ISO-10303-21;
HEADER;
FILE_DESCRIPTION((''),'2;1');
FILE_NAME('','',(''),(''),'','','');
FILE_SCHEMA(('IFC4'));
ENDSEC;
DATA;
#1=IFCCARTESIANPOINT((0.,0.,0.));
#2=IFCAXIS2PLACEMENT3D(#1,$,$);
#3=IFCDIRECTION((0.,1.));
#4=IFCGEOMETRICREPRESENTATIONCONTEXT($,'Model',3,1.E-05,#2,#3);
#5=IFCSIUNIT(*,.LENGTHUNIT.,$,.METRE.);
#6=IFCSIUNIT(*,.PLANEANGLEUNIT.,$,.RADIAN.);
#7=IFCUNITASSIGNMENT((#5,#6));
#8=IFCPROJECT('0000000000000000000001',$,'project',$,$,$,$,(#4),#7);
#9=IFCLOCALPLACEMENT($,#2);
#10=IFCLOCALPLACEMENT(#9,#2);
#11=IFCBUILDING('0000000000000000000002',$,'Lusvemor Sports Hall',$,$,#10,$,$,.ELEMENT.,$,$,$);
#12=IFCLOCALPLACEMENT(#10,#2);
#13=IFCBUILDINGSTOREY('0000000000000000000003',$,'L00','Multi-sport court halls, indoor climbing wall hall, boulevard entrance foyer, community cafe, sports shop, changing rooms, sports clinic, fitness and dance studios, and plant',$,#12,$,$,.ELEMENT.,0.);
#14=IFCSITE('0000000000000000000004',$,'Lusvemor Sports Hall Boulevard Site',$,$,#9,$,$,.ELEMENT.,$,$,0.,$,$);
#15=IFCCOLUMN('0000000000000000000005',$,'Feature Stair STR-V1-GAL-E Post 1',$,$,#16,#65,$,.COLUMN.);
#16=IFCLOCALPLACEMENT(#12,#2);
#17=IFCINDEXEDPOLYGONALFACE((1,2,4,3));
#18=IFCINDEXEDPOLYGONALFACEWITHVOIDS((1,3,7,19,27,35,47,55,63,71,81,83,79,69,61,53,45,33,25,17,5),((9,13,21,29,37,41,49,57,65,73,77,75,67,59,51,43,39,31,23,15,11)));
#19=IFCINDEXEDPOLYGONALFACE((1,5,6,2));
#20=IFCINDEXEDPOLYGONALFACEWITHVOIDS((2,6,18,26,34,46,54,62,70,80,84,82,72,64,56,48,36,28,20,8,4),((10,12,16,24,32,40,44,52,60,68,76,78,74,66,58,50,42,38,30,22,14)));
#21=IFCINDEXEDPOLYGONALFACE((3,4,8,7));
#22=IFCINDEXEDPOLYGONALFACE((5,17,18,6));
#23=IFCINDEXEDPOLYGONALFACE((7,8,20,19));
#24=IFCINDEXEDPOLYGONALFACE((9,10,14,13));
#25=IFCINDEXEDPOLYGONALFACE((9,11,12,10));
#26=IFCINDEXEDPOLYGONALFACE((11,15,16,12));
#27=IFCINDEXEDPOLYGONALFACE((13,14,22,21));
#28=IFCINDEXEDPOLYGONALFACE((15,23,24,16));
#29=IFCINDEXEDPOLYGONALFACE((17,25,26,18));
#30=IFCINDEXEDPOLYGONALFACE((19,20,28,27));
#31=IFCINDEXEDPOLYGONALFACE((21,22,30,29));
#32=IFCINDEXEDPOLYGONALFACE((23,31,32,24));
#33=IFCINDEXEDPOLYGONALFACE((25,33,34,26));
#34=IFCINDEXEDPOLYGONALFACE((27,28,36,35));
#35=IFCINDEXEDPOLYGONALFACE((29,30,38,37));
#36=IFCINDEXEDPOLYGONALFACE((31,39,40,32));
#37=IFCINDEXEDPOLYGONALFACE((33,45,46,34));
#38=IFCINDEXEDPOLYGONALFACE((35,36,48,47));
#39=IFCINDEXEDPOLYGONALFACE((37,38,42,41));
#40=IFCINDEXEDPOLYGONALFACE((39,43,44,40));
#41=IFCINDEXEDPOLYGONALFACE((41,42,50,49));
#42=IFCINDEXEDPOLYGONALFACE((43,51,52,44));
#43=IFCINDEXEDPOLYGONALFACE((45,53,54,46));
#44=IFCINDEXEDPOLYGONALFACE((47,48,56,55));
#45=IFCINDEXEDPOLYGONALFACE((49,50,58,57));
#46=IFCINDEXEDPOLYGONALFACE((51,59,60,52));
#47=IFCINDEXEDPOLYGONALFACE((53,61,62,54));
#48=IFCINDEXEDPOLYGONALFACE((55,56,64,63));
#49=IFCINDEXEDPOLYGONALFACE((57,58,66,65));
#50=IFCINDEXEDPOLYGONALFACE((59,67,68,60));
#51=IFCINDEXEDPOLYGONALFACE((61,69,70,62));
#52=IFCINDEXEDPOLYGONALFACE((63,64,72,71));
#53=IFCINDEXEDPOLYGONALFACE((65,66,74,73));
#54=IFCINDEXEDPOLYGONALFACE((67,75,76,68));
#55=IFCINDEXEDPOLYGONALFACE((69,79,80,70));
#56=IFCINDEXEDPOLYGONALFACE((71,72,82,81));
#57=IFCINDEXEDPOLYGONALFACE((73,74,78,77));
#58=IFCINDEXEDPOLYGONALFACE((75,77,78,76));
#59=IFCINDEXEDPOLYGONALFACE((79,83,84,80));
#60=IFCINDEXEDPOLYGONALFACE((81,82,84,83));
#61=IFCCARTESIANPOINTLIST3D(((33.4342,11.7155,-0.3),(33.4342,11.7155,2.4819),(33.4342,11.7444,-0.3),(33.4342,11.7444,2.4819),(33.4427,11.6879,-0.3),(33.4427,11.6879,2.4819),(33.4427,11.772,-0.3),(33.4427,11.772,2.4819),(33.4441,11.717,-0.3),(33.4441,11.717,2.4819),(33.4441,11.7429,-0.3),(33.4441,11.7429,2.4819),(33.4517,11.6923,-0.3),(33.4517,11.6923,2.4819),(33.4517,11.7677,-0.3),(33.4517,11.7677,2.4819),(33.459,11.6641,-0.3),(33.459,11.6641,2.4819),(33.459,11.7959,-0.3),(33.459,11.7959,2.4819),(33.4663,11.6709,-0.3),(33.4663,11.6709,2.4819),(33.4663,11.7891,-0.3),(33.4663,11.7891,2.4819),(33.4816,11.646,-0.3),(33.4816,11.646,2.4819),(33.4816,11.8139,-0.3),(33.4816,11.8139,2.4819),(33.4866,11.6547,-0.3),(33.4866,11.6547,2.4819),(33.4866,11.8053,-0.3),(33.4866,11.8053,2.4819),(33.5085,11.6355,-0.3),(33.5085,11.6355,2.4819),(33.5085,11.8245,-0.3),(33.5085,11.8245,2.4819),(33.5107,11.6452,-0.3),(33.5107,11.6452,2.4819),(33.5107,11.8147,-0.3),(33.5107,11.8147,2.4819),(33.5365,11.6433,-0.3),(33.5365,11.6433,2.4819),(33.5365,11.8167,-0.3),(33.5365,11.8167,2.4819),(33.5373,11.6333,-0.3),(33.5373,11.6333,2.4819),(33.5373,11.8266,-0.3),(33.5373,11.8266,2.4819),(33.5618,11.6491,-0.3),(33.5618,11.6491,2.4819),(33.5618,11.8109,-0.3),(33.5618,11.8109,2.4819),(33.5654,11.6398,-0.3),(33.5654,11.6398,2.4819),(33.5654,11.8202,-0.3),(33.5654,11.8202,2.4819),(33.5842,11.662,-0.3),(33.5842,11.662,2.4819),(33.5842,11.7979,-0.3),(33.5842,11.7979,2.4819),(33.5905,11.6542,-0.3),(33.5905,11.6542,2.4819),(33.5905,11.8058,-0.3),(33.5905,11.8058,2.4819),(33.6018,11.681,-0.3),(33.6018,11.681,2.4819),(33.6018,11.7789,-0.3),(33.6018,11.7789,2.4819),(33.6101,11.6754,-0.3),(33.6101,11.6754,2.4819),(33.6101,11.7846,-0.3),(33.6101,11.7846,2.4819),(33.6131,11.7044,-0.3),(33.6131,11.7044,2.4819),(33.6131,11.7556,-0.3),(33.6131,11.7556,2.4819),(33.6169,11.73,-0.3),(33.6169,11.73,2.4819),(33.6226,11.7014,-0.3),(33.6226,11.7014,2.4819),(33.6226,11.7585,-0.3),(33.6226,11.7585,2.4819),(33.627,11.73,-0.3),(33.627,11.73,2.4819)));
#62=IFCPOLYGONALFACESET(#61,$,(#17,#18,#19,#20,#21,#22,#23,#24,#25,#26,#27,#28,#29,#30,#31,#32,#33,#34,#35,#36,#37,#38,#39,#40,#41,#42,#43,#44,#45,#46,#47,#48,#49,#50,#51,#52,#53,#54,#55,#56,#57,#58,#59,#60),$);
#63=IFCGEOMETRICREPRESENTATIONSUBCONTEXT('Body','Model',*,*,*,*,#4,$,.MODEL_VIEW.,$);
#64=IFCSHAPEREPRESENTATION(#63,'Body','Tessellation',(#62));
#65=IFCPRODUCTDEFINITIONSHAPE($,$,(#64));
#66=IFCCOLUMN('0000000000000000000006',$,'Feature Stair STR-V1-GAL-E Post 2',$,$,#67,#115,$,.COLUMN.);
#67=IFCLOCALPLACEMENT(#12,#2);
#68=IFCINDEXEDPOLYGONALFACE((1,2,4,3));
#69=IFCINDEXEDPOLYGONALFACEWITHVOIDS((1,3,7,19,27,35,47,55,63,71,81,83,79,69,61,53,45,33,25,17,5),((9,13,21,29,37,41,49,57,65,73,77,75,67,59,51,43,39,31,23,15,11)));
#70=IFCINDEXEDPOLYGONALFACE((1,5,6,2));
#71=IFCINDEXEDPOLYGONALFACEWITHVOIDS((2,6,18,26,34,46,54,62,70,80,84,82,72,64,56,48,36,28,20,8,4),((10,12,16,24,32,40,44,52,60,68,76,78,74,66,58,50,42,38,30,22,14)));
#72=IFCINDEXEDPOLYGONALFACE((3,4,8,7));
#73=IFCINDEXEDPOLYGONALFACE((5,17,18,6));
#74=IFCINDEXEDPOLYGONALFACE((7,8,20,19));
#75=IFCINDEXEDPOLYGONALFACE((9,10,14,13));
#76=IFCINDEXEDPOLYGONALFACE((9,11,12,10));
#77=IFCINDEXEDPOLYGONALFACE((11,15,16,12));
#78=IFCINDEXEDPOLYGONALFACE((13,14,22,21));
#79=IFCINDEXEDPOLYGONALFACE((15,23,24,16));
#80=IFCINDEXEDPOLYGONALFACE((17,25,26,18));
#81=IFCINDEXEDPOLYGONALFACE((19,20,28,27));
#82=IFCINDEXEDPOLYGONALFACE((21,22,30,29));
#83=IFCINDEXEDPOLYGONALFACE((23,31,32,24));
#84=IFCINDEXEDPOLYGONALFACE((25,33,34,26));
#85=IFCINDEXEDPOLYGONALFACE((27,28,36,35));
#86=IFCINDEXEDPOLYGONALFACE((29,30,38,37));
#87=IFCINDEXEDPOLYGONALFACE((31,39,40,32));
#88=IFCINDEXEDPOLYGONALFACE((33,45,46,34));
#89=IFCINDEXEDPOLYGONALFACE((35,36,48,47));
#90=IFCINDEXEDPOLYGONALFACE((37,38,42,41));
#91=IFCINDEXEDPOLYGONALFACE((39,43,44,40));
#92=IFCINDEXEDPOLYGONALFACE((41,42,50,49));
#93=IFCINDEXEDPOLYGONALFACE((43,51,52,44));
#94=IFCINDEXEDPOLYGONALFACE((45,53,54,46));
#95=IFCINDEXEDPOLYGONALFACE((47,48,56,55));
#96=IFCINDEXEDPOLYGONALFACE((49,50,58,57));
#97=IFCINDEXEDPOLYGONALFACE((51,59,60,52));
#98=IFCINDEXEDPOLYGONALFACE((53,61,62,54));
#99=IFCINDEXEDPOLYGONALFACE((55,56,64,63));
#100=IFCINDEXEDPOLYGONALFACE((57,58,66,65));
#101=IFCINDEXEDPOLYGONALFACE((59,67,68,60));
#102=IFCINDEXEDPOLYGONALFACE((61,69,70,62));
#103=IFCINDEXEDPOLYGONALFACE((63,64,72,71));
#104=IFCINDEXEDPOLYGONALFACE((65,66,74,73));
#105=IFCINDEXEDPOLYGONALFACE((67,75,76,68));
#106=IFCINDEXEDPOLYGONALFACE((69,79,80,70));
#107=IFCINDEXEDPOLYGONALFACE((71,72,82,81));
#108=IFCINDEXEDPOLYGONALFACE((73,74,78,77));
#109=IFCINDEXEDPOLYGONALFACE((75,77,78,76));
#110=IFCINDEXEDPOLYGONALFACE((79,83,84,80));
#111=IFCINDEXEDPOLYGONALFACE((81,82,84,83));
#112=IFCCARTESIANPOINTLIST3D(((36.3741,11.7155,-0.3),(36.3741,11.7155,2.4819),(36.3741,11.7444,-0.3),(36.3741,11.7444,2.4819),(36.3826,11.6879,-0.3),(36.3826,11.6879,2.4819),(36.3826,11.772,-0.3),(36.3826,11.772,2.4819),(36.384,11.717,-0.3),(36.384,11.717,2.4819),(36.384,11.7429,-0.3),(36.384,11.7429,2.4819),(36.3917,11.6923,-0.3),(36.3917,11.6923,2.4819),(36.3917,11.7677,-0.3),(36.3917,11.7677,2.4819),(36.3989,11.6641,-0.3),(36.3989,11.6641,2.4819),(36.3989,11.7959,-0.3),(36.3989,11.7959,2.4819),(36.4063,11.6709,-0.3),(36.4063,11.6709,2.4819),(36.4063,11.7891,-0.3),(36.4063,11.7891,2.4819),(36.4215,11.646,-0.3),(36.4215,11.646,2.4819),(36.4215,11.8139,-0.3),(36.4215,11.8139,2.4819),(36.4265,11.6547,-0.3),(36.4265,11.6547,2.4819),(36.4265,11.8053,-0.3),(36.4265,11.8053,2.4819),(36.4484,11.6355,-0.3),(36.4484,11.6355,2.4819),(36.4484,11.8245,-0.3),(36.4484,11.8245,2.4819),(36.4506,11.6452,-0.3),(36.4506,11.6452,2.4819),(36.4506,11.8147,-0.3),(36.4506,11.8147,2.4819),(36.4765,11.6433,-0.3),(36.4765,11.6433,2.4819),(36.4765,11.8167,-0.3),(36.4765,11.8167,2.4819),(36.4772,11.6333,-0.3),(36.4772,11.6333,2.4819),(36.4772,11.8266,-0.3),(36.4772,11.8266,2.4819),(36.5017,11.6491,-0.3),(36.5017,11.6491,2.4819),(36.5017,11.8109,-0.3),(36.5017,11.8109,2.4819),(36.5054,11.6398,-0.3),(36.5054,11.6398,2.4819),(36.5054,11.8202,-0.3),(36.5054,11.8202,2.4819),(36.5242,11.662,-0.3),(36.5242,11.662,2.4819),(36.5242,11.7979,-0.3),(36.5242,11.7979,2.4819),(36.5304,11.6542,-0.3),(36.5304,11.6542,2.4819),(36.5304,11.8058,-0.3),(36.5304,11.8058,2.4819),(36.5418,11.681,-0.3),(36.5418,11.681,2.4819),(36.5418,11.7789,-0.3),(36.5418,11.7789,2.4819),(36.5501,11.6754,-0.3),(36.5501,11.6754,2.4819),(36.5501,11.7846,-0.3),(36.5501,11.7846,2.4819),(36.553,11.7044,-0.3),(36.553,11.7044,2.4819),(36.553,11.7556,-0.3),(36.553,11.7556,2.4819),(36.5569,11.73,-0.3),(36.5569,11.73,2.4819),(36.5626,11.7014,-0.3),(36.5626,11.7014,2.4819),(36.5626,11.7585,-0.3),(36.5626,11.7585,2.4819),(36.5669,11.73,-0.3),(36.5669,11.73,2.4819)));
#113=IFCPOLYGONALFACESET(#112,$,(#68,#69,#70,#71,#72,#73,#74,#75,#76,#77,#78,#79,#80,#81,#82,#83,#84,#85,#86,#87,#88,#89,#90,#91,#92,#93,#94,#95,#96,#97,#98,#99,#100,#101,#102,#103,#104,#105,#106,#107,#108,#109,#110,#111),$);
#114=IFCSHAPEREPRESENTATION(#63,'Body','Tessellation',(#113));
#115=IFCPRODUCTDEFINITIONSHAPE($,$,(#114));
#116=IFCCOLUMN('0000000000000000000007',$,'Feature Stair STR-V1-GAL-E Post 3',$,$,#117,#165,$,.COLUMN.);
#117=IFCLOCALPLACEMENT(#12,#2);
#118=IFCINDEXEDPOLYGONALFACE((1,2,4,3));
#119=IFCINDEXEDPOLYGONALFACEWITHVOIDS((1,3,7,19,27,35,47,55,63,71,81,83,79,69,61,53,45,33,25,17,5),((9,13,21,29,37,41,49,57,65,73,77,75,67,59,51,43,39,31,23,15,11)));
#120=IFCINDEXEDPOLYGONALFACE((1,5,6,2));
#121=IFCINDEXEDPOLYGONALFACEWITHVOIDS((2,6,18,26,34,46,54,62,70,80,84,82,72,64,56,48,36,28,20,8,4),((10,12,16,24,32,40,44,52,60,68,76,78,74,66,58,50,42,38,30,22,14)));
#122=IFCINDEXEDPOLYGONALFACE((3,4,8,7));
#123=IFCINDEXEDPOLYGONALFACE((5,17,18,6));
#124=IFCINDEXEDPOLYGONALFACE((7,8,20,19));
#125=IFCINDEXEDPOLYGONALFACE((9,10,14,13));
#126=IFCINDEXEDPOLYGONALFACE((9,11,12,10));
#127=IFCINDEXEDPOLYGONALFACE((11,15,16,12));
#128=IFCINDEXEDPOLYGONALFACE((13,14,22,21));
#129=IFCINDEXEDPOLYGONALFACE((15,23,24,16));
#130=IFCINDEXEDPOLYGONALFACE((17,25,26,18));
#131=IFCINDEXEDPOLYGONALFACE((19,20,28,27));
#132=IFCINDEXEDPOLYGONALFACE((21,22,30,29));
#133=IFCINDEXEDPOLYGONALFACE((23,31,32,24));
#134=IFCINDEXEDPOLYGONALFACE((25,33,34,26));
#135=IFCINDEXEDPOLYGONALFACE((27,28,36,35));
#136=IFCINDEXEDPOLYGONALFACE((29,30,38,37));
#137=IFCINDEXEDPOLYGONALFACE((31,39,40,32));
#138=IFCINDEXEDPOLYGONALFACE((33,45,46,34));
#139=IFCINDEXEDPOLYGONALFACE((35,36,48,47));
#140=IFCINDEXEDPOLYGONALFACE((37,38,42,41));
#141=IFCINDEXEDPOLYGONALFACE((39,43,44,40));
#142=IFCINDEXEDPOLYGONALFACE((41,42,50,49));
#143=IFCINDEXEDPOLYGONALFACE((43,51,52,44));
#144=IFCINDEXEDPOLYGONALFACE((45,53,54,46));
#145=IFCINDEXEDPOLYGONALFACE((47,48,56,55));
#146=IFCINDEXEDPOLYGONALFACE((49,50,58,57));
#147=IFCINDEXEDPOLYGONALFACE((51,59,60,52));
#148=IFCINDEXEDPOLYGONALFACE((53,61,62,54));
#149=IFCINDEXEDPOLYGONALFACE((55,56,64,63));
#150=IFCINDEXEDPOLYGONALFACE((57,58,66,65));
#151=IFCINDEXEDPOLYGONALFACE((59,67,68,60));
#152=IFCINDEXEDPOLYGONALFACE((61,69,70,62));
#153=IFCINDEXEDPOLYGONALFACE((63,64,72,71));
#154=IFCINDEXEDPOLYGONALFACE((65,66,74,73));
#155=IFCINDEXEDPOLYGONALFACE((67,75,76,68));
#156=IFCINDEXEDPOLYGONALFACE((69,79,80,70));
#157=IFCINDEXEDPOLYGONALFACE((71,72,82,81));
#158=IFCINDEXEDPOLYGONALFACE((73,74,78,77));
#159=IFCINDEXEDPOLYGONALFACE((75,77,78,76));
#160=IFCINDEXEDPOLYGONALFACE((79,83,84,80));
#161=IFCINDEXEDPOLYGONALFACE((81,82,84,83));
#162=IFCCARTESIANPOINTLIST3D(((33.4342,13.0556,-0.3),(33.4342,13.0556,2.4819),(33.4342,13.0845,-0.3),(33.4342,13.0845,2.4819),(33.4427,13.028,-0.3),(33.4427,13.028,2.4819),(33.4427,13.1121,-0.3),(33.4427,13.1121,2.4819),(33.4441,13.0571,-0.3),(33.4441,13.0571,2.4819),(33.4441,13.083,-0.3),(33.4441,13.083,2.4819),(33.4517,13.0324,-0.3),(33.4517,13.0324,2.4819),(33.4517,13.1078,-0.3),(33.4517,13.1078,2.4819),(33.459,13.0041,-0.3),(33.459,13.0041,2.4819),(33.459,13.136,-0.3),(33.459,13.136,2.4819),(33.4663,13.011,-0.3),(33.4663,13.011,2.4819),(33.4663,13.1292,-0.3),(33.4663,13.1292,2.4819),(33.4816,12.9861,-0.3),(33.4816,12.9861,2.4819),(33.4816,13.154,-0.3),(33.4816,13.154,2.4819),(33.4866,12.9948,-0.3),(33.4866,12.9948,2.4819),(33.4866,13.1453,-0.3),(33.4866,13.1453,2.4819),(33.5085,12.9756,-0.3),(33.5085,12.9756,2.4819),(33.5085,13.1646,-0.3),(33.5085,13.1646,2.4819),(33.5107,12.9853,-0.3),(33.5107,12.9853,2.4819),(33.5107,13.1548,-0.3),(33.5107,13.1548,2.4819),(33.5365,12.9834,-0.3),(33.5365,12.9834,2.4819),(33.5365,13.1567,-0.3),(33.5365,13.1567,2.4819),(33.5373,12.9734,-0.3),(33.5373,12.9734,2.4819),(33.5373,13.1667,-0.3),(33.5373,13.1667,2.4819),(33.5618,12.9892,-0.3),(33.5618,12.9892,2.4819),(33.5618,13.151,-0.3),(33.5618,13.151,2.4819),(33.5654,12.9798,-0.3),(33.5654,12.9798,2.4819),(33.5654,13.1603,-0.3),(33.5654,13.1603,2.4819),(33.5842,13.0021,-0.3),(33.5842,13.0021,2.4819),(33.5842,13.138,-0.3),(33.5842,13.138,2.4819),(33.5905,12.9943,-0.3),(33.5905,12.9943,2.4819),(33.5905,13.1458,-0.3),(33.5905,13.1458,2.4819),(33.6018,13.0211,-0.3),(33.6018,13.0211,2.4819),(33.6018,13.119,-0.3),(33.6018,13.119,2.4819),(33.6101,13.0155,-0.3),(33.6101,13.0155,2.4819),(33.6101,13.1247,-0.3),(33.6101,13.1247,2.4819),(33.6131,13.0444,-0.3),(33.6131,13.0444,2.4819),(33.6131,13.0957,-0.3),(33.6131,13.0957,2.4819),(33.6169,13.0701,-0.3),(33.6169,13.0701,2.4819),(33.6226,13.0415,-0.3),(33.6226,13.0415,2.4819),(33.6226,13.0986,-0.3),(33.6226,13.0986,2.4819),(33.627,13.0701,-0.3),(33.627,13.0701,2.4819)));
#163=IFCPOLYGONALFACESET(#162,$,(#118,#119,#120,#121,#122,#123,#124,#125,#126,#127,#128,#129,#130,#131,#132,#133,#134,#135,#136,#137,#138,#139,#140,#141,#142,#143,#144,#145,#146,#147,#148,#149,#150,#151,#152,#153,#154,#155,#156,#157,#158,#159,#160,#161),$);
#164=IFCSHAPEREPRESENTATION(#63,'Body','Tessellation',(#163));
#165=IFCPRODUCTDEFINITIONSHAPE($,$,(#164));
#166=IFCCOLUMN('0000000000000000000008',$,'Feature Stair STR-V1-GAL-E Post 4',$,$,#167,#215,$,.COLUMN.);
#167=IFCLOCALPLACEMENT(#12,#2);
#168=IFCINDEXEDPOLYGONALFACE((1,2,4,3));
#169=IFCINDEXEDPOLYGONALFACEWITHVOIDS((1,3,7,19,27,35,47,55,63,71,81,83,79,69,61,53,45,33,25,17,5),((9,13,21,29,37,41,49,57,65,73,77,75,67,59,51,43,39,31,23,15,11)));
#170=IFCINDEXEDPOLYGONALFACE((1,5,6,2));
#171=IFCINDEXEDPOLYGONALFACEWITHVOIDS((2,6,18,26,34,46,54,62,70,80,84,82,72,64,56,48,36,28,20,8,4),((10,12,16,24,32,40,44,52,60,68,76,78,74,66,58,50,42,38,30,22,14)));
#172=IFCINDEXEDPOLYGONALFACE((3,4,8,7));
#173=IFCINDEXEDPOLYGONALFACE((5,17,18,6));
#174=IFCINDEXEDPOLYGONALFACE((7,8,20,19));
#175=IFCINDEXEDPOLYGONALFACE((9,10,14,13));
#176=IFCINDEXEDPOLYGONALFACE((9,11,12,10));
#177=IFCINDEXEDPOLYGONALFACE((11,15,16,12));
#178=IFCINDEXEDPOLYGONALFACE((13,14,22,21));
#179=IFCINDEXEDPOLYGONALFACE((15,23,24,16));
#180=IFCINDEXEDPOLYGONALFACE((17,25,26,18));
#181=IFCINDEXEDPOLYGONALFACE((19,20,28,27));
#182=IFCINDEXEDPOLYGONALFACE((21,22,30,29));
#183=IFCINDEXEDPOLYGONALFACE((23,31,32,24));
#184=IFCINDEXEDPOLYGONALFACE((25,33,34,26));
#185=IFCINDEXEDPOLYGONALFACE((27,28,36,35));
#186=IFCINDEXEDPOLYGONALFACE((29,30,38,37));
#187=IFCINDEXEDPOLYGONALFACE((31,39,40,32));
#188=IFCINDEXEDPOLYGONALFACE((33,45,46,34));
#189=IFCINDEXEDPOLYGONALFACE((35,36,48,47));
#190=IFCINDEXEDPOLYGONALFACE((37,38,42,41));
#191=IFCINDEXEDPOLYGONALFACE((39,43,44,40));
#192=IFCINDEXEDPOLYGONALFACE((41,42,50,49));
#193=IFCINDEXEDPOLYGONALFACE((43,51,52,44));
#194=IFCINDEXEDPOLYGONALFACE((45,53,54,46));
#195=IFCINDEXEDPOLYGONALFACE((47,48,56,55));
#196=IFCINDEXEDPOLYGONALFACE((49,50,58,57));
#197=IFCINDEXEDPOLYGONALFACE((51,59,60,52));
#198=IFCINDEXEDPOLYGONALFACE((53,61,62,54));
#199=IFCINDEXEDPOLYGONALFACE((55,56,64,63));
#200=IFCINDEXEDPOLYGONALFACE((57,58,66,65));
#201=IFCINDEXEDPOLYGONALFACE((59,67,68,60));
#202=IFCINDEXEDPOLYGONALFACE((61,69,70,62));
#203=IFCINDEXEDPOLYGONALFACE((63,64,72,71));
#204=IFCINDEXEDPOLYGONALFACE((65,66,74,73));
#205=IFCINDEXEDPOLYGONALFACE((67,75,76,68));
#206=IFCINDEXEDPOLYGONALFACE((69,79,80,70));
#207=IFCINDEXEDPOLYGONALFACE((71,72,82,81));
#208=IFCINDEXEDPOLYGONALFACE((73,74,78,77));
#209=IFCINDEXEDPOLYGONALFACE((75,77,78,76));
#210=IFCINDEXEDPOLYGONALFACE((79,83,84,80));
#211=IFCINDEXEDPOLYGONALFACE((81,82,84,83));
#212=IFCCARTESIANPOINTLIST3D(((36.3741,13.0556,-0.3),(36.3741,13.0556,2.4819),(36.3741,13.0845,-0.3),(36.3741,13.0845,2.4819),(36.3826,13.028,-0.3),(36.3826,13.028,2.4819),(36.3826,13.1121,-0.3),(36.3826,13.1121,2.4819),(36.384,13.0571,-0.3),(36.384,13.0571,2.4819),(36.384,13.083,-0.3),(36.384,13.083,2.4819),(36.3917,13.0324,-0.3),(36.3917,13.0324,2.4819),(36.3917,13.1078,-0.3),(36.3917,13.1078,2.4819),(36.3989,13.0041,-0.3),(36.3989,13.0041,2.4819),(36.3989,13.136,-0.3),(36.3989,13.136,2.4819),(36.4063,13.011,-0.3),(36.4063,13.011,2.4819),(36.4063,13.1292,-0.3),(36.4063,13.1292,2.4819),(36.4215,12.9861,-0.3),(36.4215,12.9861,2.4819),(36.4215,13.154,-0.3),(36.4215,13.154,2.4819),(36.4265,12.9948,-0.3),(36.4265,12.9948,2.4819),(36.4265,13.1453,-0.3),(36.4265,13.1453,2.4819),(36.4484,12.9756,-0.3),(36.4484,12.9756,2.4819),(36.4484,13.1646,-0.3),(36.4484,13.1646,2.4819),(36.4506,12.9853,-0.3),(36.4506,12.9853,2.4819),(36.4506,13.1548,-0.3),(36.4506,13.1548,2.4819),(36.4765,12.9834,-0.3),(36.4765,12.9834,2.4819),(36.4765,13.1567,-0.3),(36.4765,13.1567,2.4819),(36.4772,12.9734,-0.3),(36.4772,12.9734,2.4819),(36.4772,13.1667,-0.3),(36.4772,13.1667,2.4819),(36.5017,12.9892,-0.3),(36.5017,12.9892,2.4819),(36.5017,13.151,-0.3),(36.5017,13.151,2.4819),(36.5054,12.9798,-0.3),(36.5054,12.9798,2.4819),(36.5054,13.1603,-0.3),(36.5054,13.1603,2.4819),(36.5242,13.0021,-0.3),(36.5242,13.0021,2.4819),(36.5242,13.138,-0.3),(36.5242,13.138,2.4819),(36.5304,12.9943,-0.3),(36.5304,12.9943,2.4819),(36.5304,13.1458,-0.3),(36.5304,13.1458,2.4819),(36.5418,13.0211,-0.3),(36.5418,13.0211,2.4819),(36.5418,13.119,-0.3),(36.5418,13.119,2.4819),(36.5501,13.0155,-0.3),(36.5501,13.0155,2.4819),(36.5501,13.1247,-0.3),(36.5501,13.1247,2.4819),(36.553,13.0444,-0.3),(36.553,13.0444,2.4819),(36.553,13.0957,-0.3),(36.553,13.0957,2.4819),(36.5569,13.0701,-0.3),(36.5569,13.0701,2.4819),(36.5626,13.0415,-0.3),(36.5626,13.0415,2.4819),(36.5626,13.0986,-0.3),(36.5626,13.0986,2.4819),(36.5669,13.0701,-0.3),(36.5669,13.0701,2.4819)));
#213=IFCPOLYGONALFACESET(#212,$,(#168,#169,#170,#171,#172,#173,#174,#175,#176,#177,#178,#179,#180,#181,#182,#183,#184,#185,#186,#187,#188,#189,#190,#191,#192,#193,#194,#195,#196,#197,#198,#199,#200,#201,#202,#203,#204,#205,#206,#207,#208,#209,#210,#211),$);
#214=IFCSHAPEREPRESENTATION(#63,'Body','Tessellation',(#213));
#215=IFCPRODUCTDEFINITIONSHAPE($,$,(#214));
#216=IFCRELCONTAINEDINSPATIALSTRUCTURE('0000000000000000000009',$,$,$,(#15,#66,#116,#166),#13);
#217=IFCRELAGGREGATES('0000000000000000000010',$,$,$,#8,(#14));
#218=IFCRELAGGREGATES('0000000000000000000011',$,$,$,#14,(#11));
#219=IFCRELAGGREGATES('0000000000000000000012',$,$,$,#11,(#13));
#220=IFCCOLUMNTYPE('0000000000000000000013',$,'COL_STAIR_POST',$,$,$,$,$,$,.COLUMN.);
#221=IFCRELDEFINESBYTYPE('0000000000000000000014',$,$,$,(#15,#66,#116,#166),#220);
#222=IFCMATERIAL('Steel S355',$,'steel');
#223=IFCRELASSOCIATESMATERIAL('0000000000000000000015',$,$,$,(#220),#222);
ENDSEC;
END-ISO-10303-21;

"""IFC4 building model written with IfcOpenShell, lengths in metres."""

from ifc_helpers import new_model, si_unit, direction, frame, origin, origin_2d, place, context, subcontext, project, spatial, hollow_circle, extrude, material, material_profile, profile_set, type_object, element, save


model = new_model("IFC4")

# Units and contexts
model_context = context("Model", 3, precision=1e-05, world=origin(), true_north=direction((0.0, 1.0)))
body_context = subcontext(model_context, "Body", "Model", "MODEL_VIEW")
ifc_project = project(units=[si_unit("LENGTHUNIT", "METRE"), si_unit("PLANEANGLEUNIT", "RADIAN")], contexts=[model_context])

# Site, building, storey
site_placement = place(None, origin())
site = spatial("IfcSite", under=ifc_project, at=site_placement, Name="Lusvemor Sports Hall Boulevard Site", CompositionType="ELEMENT", RefElevation=0.0)
building_placement = place(site_placement, origin())
building = spatial("IfcBuilding", under=site, at=building_placement, Name="Lusvemor Sports Hall", CompositionType="ELEMENT")
storey_placement = place(building_placement, origin())
storey = spatial("IfcBuildingStorey", under=building, at=storey_placement, Name="L00", Description="Multi-sport court halls, indoor climbing wall hall, boulevard entrance foyer, community cafe, sports shop, changing rooms, sports clinic, fitness and dance studios, and plant", CompositionType="ELEMENT", Elevation=0.0)

# Columns
ifc_material_1 = material(Name="Steel S355", Category="steel")
ifc_material_profile_1 = material_profile(ifc_material_1, hollow_circle(Radius=0.0969, WallThickness=0.01, at=origin_2d()), Name="CHS193.7x10.0")
ifc_profile_set_1 = profile_set([ifc_material_profile_1], Name="Steel S355")
column_type_1 = type_object("IfcColumnType", Name="COL_STAIR_POST", PredefinedType="COLUMN", material=ifc_profile_set_1)
for number, where, z_axis, x_axis, name in (
    (1, (33.53, 11.73, -0.3), (0.0, 0.0, 1.0), (1.0, 0.0, 0.0), "Feature Stair STR-V1-GAL-E Post 1"),
    (2, (36.47, 11.73, -0.3), (0.0, 0.0, 1.0), (1.0, 0.0, 0.0), "Feature Stair STR-V1-GAL-E Post 2"),
    (3, (33.53, 13.0701, -0.3), (0.0, 0.0, 1.0), (1.0, 0.0, 0.0), "Feature Stair STR-V1-GAL-E Post 3"),
    (4, (36.47, 13.0701, -0.3), (0.0, 0.0, 1.0), (1.0, 0.0, 0.0), "Feature Stair STR-V1-GAL-E Post 4"),
):
    element("IfcColumn", number, at=place(storey_placement, frame(where, z_axis=z_axis, x_axis=x_axis)), inside=storey, type_object=column_type_1, Name=name, PredefinedType="COLUMN", context=body_context, shape_type="SweptSolid", body=[
        extrude(hollow_circle(Radius=0.0969, WallThickness=0.01, at=origin_2d()), origin(), (0.0, 0.0, 1.0), 2.782),
    ])

save(model, "model.ifc")
